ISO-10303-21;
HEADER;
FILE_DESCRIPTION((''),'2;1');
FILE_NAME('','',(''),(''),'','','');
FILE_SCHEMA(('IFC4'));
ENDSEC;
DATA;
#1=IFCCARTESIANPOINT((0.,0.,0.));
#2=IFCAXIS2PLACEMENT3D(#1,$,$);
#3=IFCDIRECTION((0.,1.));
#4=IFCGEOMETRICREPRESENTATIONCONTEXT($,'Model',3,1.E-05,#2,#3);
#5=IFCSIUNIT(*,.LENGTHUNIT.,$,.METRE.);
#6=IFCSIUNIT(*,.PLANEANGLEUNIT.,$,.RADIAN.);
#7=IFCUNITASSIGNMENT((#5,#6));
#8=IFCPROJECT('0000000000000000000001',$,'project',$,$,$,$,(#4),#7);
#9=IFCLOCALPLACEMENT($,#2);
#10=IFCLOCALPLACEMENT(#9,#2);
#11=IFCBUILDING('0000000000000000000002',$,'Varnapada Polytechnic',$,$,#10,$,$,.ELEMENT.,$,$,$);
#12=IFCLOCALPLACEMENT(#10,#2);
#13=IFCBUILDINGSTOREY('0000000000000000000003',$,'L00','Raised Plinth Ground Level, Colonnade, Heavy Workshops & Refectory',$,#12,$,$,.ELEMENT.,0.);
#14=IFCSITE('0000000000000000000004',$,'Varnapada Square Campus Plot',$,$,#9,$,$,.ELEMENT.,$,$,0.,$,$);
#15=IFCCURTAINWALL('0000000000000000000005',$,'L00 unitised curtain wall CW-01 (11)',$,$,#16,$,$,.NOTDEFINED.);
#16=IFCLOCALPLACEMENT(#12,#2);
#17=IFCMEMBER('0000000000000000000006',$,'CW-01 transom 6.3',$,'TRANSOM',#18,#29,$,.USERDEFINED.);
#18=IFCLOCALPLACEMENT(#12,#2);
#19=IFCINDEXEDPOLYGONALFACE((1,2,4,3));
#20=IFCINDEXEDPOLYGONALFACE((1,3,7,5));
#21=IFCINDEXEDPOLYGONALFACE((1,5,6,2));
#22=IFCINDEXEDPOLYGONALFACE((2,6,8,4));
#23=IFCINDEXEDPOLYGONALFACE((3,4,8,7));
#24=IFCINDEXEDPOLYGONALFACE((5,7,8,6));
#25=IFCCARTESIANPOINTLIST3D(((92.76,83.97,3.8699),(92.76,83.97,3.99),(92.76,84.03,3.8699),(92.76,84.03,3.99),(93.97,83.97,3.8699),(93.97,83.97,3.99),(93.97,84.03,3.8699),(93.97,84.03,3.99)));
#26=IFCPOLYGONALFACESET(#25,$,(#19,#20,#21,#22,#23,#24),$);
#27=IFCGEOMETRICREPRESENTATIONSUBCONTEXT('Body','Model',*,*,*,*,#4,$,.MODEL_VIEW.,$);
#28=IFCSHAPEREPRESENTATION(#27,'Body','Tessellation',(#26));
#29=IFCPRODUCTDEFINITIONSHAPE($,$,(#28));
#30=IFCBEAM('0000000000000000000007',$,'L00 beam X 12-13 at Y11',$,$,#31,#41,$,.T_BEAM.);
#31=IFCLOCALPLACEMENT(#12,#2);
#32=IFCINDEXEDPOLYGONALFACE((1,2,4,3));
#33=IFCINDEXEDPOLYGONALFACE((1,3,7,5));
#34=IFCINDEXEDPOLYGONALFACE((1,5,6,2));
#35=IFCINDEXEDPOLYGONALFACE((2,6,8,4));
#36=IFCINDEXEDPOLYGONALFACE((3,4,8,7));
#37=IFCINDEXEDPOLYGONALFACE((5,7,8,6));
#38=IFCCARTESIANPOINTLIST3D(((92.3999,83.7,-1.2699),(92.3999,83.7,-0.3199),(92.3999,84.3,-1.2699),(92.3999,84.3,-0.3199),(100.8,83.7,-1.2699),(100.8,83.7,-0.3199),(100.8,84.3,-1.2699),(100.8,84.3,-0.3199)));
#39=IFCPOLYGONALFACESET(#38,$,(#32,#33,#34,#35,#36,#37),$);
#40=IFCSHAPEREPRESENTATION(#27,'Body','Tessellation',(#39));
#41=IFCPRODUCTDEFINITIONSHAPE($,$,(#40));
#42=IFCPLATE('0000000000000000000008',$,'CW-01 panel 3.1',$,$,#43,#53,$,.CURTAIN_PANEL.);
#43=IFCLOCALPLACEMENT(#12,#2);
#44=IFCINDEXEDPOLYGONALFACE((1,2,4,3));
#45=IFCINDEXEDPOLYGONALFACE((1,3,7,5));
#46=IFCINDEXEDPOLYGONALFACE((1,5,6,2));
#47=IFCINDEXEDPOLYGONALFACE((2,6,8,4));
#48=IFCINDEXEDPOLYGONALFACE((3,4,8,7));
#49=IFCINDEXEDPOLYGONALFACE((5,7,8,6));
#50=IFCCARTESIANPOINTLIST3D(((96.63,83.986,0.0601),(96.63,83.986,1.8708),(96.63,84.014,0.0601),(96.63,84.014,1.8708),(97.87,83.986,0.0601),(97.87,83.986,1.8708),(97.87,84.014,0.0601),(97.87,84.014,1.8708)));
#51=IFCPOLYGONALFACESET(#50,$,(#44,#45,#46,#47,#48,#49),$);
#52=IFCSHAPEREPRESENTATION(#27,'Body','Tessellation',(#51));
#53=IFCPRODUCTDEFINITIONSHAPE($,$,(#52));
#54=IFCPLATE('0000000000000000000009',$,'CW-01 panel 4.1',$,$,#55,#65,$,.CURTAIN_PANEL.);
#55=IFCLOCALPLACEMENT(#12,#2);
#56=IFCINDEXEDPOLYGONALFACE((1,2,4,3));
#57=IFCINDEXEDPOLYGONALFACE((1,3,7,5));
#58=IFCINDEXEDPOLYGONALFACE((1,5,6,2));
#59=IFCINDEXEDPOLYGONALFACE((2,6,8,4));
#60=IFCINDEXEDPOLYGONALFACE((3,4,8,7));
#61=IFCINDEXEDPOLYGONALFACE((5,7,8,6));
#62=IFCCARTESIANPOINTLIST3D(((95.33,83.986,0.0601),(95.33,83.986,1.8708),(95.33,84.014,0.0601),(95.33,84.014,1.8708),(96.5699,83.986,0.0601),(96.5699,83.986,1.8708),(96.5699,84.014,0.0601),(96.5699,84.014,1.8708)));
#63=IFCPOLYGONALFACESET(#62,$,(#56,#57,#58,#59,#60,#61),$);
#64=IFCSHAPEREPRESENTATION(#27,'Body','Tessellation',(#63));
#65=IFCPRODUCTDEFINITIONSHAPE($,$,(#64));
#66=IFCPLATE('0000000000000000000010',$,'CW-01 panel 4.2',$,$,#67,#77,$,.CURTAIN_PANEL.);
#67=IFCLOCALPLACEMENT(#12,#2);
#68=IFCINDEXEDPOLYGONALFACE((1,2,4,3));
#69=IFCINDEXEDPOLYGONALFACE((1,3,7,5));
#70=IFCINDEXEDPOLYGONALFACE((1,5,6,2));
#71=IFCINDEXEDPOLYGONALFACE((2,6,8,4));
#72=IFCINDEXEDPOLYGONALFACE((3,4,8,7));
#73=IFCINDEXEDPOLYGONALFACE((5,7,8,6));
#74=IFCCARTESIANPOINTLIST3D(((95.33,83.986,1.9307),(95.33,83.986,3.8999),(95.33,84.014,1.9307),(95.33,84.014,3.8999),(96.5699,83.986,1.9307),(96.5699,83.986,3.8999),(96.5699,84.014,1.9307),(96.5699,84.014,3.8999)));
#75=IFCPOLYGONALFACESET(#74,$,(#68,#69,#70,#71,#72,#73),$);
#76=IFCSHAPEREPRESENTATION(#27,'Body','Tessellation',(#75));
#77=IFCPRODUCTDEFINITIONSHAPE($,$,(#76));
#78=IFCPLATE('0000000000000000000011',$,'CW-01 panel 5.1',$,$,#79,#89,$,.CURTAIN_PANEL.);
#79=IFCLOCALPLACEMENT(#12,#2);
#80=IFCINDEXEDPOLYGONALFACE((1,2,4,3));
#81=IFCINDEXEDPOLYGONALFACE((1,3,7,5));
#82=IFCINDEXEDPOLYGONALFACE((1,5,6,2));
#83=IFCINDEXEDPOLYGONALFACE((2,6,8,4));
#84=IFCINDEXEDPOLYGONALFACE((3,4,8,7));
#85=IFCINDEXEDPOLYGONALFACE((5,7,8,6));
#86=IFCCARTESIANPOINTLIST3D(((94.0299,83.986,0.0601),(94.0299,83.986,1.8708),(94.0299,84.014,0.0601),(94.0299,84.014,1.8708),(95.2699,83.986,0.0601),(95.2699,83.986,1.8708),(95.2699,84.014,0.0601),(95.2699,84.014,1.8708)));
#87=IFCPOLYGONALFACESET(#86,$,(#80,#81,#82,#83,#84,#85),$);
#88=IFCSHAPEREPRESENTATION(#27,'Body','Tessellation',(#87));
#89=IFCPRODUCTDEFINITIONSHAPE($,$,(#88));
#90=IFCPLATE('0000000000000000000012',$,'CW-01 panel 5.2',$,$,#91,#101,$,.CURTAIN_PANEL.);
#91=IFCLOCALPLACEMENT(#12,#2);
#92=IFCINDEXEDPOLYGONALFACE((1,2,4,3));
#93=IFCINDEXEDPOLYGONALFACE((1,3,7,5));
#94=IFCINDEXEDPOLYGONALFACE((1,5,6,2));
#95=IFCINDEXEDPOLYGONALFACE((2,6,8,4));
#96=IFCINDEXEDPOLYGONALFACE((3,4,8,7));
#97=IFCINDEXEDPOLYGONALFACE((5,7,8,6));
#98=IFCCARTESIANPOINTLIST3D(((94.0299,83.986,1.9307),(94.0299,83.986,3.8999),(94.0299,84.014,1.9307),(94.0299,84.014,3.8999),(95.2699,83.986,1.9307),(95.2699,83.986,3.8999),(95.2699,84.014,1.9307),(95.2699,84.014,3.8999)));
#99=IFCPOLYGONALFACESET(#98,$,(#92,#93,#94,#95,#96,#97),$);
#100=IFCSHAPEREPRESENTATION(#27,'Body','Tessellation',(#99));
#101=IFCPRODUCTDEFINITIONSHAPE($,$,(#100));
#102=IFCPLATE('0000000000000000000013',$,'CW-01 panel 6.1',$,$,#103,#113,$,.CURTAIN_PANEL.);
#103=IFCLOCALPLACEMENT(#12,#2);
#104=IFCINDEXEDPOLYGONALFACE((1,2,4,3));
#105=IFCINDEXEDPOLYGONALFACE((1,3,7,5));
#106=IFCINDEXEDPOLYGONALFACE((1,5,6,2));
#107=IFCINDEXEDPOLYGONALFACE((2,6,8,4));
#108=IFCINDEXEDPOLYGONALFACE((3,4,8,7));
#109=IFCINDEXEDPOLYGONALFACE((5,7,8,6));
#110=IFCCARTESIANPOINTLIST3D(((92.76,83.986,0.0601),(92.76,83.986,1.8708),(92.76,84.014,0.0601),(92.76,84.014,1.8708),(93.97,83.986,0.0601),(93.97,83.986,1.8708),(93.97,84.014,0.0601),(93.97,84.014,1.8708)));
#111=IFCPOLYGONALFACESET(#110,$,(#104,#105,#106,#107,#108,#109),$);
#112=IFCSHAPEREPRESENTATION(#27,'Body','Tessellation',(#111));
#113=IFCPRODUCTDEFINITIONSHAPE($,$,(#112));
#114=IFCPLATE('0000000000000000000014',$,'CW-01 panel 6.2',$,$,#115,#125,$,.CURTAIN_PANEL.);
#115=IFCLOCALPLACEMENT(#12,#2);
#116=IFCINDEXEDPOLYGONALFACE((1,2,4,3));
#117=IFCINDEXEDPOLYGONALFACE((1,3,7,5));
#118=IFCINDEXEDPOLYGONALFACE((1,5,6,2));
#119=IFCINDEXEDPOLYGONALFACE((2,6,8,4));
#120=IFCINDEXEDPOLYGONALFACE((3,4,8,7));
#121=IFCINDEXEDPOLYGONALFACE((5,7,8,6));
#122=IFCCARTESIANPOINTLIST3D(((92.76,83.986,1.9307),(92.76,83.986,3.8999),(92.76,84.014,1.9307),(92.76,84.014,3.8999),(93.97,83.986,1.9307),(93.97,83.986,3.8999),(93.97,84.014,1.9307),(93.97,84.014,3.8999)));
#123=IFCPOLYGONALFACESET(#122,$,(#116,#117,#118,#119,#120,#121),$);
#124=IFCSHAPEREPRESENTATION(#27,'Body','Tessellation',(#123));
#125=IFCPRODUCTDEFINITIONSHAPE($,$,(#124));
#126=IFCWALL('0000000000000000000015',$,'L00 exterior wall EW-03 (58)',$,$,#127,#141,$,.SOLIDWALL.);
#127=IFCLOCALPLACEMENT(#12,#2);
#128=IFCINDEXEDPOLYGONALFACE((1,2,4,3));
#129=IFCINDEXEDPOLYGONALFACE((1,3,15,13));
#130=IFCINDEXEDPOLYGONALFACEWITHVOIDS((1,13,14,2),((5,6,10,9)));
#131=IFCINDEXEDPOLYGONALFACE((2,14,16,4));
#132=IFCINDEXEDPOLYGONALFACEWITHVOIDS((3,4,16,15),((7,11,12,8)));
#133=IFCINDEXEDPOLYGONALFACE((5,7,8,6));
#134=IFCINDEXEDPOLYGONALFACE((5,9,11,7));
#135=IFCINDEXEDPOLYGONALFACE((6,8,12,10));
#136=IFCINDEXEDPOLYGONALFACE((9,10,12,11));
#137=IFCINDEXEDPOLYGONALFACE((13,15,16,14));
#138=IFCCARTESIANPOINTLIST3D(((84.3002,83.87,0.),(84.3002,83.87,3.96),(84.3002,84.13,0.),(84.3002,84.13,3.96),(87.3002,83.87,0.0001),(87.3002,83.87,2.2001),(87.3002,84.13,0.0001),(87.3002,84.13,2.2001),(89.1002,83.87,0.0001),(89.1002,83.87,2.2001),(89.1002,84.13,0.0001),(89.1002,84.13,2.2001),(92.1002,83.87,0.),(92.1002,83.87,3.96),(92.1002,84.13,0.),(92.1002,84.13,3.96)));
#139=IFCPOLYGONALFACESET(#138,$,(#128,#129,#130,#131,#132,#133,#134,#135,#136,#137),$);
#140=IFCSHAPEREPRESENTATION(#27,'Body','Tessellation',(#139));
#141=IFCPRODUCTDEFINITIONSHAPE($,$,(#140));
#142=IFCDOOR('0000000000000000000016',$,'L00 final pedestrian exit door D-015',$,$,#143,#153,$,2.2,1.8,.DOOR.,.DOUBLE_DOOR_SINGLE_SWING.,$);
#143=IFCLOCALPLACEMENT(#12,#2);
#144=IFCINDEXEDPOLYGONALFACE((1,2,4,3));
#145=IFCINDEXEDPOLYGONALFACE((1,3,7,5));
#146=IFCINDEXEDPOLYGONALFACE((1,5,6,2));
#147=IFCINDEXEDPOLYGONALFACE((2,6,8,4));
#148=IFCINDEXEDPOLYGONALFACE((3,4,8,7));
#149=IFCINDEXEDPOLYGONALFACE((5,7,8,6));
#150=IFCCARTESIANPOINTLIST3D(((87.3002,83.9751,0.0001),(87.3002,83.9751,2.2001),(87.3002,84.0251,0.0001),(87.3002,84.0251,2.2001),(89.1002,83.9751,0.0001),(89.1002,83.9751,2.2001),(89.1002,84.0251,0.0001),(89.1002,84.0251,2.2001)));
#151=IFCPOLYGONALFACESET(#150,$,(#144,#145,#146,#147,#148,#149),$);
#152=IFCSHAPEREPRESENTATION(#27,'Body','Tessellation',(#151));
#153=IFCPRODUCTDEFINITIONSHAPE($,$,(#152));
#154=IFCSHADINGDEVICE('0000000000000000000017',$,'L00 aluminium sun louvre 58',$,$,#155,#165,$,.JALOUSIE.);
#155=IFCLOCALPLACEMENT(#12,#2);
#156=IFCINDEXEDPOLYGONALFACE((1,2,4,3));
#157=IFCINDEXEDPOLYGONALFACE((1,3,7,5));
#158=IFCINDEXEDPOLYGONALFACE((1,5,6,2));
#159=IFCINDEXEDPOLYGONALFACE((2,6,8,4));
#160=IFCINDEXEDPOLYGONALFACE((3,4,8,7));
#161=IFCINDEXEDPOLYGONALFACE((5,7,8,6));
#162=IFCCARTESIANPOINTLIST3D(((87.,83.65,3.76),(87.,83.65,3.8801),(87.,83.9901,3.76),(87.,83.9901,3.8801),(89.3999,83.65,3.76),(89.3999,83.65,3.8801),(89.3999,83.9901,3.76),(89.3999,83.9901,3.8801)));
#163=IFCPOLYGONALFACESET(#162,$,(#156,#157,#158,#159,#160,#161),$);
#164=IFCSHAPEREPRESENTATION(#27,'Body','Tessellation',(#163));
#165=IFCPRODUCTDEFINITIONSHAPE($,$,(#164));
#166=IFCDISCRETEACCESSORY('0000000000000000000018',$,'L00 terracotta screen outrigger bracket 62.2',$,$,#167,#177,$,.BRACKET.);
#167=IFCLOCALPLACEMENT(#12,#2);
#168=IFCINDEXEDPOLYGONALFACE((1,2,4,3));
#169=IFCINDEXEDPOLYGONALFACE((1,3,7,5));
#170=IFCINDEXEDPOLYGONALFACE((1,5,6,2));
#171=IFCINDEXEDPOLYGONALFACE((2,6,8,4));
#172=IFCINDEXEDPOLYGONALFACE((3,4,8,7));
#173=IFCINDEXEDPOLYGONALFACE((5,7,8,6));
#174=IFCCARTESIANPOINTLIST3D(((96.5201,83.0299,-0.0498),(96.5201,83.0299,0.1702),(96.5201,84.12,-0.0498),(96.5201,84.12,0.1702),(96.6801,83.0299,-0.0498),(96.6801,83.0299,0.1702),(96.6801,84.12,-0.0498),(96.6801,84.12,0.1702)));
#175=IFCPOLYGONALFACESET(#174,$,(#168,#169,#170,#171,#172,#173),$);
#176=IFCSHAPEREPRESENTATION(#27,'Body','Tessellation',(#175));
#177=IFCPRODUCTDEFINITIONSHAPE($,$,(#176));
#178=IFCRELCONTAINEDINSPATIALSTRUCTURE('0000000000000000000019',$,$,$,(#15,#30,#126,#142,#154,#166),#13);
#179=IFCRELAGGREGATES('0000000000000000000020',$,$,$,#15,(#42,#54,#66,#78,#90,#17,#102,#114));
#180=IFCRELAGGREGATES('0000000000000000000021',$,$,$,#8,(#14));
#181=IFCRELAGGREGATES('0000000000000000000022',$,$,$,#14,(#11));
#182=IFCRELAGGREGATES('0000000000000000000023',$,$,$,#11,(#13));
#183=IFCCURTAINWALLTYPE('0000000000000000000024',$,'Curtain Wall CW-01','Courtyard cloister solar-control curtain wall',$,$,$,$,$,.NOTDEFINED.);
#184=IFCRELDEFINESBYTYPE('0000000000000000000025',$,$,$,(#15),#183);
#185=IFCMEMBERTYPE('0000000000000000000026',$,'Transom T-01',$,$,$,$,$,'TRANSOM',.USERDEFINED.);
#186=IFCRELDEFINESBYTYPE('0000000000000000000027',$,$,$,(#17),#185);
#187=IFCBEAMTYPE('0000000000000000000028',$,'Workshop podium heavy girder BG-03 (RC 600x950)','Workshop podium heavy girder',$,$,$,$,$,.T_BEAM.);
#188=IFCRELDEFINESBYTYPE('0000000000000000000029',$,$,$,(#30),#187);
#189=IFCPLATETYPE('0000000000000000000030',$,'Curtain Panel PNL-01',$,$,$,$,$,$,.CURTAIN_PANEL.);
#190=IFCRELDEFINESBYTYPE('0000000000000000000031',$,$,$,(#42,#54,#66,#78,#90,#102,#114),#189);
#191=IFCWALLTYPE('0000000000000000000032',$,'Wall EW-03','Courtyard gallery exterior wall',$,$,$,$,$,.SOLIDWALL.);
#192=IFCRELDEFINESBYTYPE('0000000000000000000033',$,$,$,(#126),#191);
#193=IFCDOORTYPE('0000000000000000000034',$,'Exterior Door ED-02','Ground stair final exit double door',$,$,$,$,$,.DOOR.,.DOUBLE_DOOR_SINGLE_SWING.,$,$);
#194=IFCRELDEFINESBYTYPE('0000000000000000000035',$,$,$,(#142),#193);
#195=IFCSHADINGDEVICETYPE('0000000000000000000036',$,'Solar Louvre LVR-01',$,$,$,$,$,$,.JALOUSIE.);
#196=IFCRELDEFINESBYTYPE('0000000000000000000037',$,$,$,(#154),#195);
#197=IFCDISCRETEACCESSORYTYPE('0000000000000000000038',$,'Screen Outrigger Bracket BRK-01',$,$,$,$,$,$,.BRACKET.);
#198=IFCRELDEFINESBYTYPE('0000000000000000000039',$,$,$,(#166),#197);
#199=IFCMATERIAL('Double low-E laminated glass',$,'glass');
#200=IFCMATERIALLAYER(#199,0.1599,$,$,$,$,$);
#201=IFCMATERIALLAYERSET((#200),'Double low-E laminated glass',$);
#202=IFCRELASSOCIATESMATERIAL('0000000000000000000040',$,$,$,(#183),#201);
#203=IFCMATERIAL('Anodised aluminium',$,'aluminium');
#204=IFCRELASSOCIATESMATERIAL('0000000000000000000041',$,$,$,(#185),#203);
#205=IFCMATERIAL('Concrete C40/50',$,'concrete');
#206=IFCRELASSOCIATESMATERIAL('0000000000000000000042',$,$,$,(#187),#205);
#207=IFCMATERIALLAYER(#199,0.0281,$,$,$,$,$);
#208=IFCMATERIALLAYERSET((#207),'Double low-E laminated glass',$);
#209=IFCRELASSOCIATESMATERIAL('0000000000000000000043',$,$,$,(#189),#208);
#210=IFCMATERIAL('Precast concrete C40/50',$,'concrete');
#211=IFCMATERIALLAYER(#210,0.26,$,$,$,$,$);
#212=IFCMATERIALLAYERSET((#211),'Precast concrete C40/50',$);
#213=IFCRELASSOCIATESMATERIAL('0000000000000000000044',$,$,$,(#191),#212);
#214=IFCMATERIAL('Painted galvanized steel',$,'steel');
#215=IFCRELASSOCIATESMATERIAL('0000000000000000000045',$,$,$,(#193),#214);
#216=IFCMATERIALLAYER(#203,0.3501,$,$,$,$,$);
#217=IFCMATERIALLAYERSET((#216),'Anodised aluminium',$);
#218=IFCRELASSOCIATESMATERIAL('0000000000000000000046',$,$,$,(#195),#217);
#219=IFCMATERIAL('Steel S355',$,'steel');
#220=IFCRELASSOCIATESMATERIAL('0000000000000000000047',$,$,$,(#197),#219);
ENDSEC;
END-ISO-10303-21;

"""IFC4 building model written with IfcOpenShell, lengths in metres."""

from ifc_helpers import new_model, si_unit, direction, frame, frame_2d, origin, origin_2d, place, context, subcontext, project, spatial, rectangle, extrude, material, layer, layer_set, material_profile, profile_set, type_object, element, fill, aggregate, save


model = new_model("IFC4")

# Units and contexts
model_context = context("Model", 3, precision=1e-05, world=origin(), true_north=direction((0.0, 1.0)))
body_context = subcontext(model_context, "Body", "Model", "MODEL_VIEW")
ifc_project = project(units=[si_unit("LENGTHUNIT", "METRE"), si_unit("PLANEANGLEUNIT", "RADIAN")], contexts=[model_context])

# Site, building, storey
site_placement = place(None, origin())
site = spatial("IfcSite", under=ifc_project, at=site_placement, Name="Varnapada Square Campus Plot", CompositionType="ELEMENT", RefElevation=0.0)
building_placement = place(site_placement, origin())
building = spatial("IfcBuilding", under=site, at=building_placement, Name="Varnapada Polytechnic", CompositionType="ELEMENT")
storey_placement = place(building_placement, origin())
storey = spatial("IfcBuildingStorey", under=building, at=storey_placement, Name="L00", Description="Raised Plinth Ground Level, Colonnade, Heavy Workshops & Refectory", CompositionType="ELEMENT", Elevation=0.0)

# Shared definitions
ifc_material_1 = material(Name="Concrete C40/50", Category="concrete")

# Curtain wall
ifc_material_2 = material(Name="Double low-E laminated glass", Category="glass")
ifc_layer_1 = layer(ifc_material_2, 0.1599)
ifc_layer_set_1 = layer_set([ifc_layer_1], Name="Double low-E laminated glass")
curtain_wall_type = type_object("IfcCurtainWallType", Name="Curtain Wall CW-01", Description="Courtyard cloister solar-control curtain wall", PredefinedType="NOTDEFINED", material=ifc_layer_set_1)
curtain_wall_placement = place(storey_placement, origin())
curtain_wall = element("IfcCurtainWall", 1, at=curtain_wall_placement, inside=storey, type_object=curtain_wall_type, Name="L00 unitised curtain wall CW-01 (11)", PredefinedType="NOTDEFINED")
ifc_material_3 = material(Name="Anodised aluminium", Category="aluminium")

# Member
ifc_material_profile_1 = material_profile(ifc_material_3, rectangle(XDim=0.0601, YDim=0.1201, at=origin_2d()), Name="ALU T60x120")
ifc_profile_set_1 = profile_set([ifc_material_profile_1], Name="Anodised aluminium")
member_type_1 = type_object("IfcMemberType", Name="Transom T-01", ElementType="TRANSOM", PredefinedType="USERDEFINED", material=ifc_profile_set_1)
member_1_placement = place(storey_placement, frame((93.97, 84.0, 3.9299), z_axis=(-1.0, 0.0, 0.0), x_axis=(0.0, -1.0, 0.0)))
member_1 = element("IfcMember", 2, at=member_1_placement, type_object=member_type_1, Name="CW-01 transom 6.3", ObjectType="TRANSOM", PredefinedType="USERDEFINED", context=body_context, shape_type="SweptSolid", body=[
    extrude(rectangle(XDim=0.0601, YDim=0.1201, at=origin_2d()), origin(), (0.0, 0.0, 1.0), 1.21),
])

# Beam
ifc_material_profile_2 = material_profile(ifc_material_1, rectangle(XDim=0.6001, YDim=0.95, at=origin_2d()), Name="RC 600x950")
ifc_profile_set_2 = profile_set([ifc_material_profile_2], Name="Concrete C40/50")
beam_type_1 = type_object("IfcBeamType", Name="Workshop podium heavy girder BG-03 (RC 600x950)", Description="Workshop podium heavy girder", PredefinedType="T_BEAM", material=ifc_profile_set_2)
beam_1_placement = place(storey_placement, frame((92.3999, 84.0, -0.7949), z_axis=(1.0, 0.0, 0.0), x_axis=(0.0, 1.0, 0.0)))
element("IfcBeam", 3, at=beam_1_placement, inside=storey, type_object=beam_type_1, Name="L00 beam X 12-13 at Y11", PredefinedType="T_BEAM", context=body_context, shape_type="SweptSolid", body=[
    extrude(rectangle(XDim=0.6001, YDim=0.95, at=origin_2d()), origin(), (0.0, 0.0, 1.0), 8.4001),
])

# Plates
ifc_layer_2 = layer(ifc_material_2, 0.0281)
ifc_layer_set_2 = layer_set([ifc_layer_2], Name="Double low-E laminated glass")
plate_type = type_object("IfcPlateType", Name="Curtain Panel PNL-01", PredefinedType="CURTAIN_PANEL", material=ifc_layer_set_2)
plate_1_placement = place(storey_placement, frame((97.25, 84.0, 0.0601), z_axis=(0.0, 0.0, 1.0), x_axis=(-1.0, 0.0, 0.0)))
plate_1 = element("IfcPlate", 4, at=plate_1_placement, type_object=plate_type, Name="CW-01 panel 3.1", PredefinedType="CURTAIN_PANEL", context=body_context, shape_type="SweptSolid", body=[
    extrude(rectangle(XDim=1.24, YDim=0.0281, at=origin_2d()), origin(), (0.0, 0.0, 1.0), 1.8108),
])
plate_2_placement = place(storey_placement, frame((95.95, 84.0, 0.0601), z_axis=(0.0, 0.0, 1.0), x_axis=(-1.0, 0.0, 0.0)))
plate_2 = element("IfcPlate", 5, at=plate_2_placement, type_object=plate_type, Name="CW-01 panel 4.1", PredefinedType="CURTAIN_PANEL", context=body_context, shape_type="SweptSolid", body=[
    extrude(rectangle(XDim=1.24, YDim=0.0281, at=origin_2d()), origin(), (0.0, 0.0, 1.0), 1.8108),
])
plate_3_placement = place(storey_placement, frame((95.95, 84.0, 1.9307), z_axis=(0.0, 0.0, 1.0), x_axis=(-1.0, 0.0, 0.0)))
plate_3 = element("IfcPlate", 6, at=plate_3_placement, type_object=plate_type, Name="CW-01 panel 4.2", PredefinedType="CURTAIN_PANEL", context=body_context, shape_type="SweptSolid", body=[
    extrude(rectangle(XDim=1.24, YDim=0.0281, at=origin_2d()), origin(), (0.0, 0.0, 1.0), 1.9692),
])
plate_4_placement = place(storey_placement, frame((94.6499, 84.0, 0.0601), z_axis=(0.0, 0.0, 1.0), x_axis=(-1.0, 0.0, 0.0)))
plate_4 = element("IfcPlate", 7, at=plate_4_placement, type_object=plate_type, Name="CW-01 panel 5.1", PredefinedType="CURTAIN_PANEL", context=body_context, shape_type="SweptSolid", body=[
    extrude(rectangle(XDim=1.24, YDim=0.0281, at=origin_2d()), origin(), (0.0, 0.0, 1.0), 1.8108),
])
plate_5_placement = place(storey_placement, frame((94.6499, 84.0, 1.9307), z_axis=(0.0, 0.0, 1.0), x_axis=(-1.0, 0.0, 0.0)))
plate_5 = element("IfcPlate", 8, at=plate_5_placement, type_object=plate_type, Name="CW-01 panel 5.2", PredefinedType="CURTAIN_PANEL", context=body_context, shape_type="SweptSolid", body=[
    extrude(rectangle(XDim=1.24, YDim=0.0281, at=origin_2d()), origin(), (0.0, 0.0, 1.0), 1.9692),
])
plate_6_placement = place(storey_placement, frame((93.365, 84.0, 0.0601), z_axis=(0.0, 0.0, 1.0), x_axis=(-1.0, 0.0, 0.0)))
plate_6 = element("IfcPlate", 9, at=plate_6_placement, type_object=plate_type, Name="CW-01 panel 6.1", PredefinedType="CURTAIN_PANEL", context=body_context, shape_type="SweptSolid", body=[
    extrude(rectangle(XDim=1.21, YDim=0.0281, at=origin_2d()), origin(), (0.0, 0.0, 1.0), 1.8108),
])
plate_7_placement = place(storey_placement, frame((93.365, 84.0, 1.9307), z_axis=(0.0, 0.0, 1.0), x_axis=(-1.0, 0.0, 0.0)))
plate_7 = element("IfcPlate", 10, at=plate_7_placement, type_object=plate_type, Name="CW-01 panel 6.2", PredefinedType="CURTAIN_PANEL", context=body_context, shape_type="SweptSolid", body=[
    extrude(rectangle(XDim=1.21, YDim=0.0281, at=origin_2d()), origin(), (0.0, 0.0, 1.0), 1.9692),
])
aggregate(curtain_wall, [plate_1, plate_2, plate_3, plate_4, plate_5, member_1, plate_6, plate_7])

# Wall, opening, door
ifc_material_4 = material(Name="Precast concrete C40/50", Category="concrete")
ifc_layer_3 = layer(ifc_material_4, 0.26)
ifc_layer_set_3 = layer_set([ifc_layer_3], Name="Precast concrete C40/50")
wall_type = type_object("IfcWallType", Name="Wall EW-03", Description="Courtyard gallery exterior wall", PredefinedType="SOLIDWALL", material=ifc_layer_set_3)
wall_placement = place(storey_placement, frame((92.1001, 84.0, 0.0), z_axis=(0.0, 0.0, 1.0), x_axis=(-1.0, 0.0, 0.0)))
wall = element("IfcWall", 11, at=wall_placement, inside=storey, type_object=wall_type, Name="L00 exterior wall EW-03 (58)", PredefinedType="SOLIDWALL", context=body_context, shape_type="SweptSolid", body=[
    extrude(rectangle(XDim=7.8, YDim=0.26, at=frame_2d((3.8999, 0.0))), origin(), (0.0, 0.0, 1.0), 3.96),
])
opening_placement = place(wall_placement, frame((3.0, 0.0, 0.0)))
opening = element("IfcOpeningElement", 12, at=opening_placement, cuts=wall, PredefinedType="OPENING", context=body_context, shape_type="SweptSolid", body=[
    extrude(rectangle(XDim=1.8, YDim=2.2, at=frame_2d((0.8999, 1.1001))), frame((0.0, 0.1399, 0.0), z_axis=(0.0, -1.0, 0.0), x_axis=(1.0, 0.0, 0.0)), (0.0, 0.0, 1.0), 0.28),
])
ifc_material_5 = material(Name="Painted galvanized steel", Category="steel")
door_type = type_object("IfcDoorType", Name="Exterior Door ED-02", Description="Ground stair final exit double door", OperationType="DOUBLE_DOOR_SINGLE_SWING", PredefinedType="DOOR", material=ifc_material_5)
door_placement = place(opening_placement, origin())
door = element("IfcDoor", 13, at=door_placement, inside=storey, type_object=door_type, Name="L00 final pedestrian exit door D-015", OperationType="DOUBLE_DOOR_SINGLE_SWING", OverallHeight=2.2, OverallWidth=1.8, PredefinedType="DOOR", context=body_context, shape_type="SweptSolid", body=[
    extrude(rectangle(XDim=1.8, YDim=2.2, at=frame_2d((0.8999, 1.1001))), frame((0.0, 0.0249, 0.0), z_axis=(0.0, -1.0, 0.0), x_axis=(1.0, 0.0, 0.0)), (0.0, 0.0, 1.0), 0.05),
])
fill(opening, door)

# Shading device
ifc_layer_4 = layer(ifc_material_3, 0.3501)
ifc_layer_set_4 = layer_set([ifc_layer_4], Name="Anodised aluminium")
shading_device_type = type_object("IfcShadingDeviceType", Name="Solar Louvre LVR-01", PredefinedType="JALOUSIE", material=ifc_layer_set_4)
shading_device_placement = place(storey_placement, frame((88.2, 83.8201, 3.76), z_axis=(0.0, 0.0, 1.0), x_axis=(-1.0, 0.0, 0.0)))
element("IfcShadingDevice", 14, at=shading_device_placement, inside=storey, type_object=shading_device_type, Name="L00 aluminium sun louvre 58", PredefinedType="JALOUSIE", context=body_context, shape_type="SweptSolid", body=[
    extrude(rectangle(XDim=2.3999, YDim=0.3401, at=origin_2d()), origin(), (0.0, 0.0, 1.0), 0.1201),
])

# Discrete accessory
ifc_material_6 = material(Name="Steel S355", Category="steel")
discrete_accessory_type = type_object("IfcDiscreteAccessoryType", Name="Screen Outrigger Bracket BRK-01", PredefinedType="BRACKET", material=ifc_material_6)
for number, where, z_axis, x_axis, name in (
    (15, (96.6001, 83.575, -0.0498), (0.0, 0.0, 1.0), (-1.0, 0.0, 0.0), "L00 terracotta screen outrigger bracket 62.2"),
):
    element("IfcDiscreteAccessory", number, at=place(storey_placement, frame(where, z_axis=z_axis, x_axis=x_axis)), inside=storey, type_object=discrete_accessory_type, Name=name, PredefinedType="BRACKET", context=body_context, shape_type="SweptSolid", body=[
        extrude(rectangle(XDim=0.1599, YDim=1.0901, at=origin_2d()), origin(), (0.0, 0.0, 1.0), 0.22),
    ])

save(model, "model.ifc")
